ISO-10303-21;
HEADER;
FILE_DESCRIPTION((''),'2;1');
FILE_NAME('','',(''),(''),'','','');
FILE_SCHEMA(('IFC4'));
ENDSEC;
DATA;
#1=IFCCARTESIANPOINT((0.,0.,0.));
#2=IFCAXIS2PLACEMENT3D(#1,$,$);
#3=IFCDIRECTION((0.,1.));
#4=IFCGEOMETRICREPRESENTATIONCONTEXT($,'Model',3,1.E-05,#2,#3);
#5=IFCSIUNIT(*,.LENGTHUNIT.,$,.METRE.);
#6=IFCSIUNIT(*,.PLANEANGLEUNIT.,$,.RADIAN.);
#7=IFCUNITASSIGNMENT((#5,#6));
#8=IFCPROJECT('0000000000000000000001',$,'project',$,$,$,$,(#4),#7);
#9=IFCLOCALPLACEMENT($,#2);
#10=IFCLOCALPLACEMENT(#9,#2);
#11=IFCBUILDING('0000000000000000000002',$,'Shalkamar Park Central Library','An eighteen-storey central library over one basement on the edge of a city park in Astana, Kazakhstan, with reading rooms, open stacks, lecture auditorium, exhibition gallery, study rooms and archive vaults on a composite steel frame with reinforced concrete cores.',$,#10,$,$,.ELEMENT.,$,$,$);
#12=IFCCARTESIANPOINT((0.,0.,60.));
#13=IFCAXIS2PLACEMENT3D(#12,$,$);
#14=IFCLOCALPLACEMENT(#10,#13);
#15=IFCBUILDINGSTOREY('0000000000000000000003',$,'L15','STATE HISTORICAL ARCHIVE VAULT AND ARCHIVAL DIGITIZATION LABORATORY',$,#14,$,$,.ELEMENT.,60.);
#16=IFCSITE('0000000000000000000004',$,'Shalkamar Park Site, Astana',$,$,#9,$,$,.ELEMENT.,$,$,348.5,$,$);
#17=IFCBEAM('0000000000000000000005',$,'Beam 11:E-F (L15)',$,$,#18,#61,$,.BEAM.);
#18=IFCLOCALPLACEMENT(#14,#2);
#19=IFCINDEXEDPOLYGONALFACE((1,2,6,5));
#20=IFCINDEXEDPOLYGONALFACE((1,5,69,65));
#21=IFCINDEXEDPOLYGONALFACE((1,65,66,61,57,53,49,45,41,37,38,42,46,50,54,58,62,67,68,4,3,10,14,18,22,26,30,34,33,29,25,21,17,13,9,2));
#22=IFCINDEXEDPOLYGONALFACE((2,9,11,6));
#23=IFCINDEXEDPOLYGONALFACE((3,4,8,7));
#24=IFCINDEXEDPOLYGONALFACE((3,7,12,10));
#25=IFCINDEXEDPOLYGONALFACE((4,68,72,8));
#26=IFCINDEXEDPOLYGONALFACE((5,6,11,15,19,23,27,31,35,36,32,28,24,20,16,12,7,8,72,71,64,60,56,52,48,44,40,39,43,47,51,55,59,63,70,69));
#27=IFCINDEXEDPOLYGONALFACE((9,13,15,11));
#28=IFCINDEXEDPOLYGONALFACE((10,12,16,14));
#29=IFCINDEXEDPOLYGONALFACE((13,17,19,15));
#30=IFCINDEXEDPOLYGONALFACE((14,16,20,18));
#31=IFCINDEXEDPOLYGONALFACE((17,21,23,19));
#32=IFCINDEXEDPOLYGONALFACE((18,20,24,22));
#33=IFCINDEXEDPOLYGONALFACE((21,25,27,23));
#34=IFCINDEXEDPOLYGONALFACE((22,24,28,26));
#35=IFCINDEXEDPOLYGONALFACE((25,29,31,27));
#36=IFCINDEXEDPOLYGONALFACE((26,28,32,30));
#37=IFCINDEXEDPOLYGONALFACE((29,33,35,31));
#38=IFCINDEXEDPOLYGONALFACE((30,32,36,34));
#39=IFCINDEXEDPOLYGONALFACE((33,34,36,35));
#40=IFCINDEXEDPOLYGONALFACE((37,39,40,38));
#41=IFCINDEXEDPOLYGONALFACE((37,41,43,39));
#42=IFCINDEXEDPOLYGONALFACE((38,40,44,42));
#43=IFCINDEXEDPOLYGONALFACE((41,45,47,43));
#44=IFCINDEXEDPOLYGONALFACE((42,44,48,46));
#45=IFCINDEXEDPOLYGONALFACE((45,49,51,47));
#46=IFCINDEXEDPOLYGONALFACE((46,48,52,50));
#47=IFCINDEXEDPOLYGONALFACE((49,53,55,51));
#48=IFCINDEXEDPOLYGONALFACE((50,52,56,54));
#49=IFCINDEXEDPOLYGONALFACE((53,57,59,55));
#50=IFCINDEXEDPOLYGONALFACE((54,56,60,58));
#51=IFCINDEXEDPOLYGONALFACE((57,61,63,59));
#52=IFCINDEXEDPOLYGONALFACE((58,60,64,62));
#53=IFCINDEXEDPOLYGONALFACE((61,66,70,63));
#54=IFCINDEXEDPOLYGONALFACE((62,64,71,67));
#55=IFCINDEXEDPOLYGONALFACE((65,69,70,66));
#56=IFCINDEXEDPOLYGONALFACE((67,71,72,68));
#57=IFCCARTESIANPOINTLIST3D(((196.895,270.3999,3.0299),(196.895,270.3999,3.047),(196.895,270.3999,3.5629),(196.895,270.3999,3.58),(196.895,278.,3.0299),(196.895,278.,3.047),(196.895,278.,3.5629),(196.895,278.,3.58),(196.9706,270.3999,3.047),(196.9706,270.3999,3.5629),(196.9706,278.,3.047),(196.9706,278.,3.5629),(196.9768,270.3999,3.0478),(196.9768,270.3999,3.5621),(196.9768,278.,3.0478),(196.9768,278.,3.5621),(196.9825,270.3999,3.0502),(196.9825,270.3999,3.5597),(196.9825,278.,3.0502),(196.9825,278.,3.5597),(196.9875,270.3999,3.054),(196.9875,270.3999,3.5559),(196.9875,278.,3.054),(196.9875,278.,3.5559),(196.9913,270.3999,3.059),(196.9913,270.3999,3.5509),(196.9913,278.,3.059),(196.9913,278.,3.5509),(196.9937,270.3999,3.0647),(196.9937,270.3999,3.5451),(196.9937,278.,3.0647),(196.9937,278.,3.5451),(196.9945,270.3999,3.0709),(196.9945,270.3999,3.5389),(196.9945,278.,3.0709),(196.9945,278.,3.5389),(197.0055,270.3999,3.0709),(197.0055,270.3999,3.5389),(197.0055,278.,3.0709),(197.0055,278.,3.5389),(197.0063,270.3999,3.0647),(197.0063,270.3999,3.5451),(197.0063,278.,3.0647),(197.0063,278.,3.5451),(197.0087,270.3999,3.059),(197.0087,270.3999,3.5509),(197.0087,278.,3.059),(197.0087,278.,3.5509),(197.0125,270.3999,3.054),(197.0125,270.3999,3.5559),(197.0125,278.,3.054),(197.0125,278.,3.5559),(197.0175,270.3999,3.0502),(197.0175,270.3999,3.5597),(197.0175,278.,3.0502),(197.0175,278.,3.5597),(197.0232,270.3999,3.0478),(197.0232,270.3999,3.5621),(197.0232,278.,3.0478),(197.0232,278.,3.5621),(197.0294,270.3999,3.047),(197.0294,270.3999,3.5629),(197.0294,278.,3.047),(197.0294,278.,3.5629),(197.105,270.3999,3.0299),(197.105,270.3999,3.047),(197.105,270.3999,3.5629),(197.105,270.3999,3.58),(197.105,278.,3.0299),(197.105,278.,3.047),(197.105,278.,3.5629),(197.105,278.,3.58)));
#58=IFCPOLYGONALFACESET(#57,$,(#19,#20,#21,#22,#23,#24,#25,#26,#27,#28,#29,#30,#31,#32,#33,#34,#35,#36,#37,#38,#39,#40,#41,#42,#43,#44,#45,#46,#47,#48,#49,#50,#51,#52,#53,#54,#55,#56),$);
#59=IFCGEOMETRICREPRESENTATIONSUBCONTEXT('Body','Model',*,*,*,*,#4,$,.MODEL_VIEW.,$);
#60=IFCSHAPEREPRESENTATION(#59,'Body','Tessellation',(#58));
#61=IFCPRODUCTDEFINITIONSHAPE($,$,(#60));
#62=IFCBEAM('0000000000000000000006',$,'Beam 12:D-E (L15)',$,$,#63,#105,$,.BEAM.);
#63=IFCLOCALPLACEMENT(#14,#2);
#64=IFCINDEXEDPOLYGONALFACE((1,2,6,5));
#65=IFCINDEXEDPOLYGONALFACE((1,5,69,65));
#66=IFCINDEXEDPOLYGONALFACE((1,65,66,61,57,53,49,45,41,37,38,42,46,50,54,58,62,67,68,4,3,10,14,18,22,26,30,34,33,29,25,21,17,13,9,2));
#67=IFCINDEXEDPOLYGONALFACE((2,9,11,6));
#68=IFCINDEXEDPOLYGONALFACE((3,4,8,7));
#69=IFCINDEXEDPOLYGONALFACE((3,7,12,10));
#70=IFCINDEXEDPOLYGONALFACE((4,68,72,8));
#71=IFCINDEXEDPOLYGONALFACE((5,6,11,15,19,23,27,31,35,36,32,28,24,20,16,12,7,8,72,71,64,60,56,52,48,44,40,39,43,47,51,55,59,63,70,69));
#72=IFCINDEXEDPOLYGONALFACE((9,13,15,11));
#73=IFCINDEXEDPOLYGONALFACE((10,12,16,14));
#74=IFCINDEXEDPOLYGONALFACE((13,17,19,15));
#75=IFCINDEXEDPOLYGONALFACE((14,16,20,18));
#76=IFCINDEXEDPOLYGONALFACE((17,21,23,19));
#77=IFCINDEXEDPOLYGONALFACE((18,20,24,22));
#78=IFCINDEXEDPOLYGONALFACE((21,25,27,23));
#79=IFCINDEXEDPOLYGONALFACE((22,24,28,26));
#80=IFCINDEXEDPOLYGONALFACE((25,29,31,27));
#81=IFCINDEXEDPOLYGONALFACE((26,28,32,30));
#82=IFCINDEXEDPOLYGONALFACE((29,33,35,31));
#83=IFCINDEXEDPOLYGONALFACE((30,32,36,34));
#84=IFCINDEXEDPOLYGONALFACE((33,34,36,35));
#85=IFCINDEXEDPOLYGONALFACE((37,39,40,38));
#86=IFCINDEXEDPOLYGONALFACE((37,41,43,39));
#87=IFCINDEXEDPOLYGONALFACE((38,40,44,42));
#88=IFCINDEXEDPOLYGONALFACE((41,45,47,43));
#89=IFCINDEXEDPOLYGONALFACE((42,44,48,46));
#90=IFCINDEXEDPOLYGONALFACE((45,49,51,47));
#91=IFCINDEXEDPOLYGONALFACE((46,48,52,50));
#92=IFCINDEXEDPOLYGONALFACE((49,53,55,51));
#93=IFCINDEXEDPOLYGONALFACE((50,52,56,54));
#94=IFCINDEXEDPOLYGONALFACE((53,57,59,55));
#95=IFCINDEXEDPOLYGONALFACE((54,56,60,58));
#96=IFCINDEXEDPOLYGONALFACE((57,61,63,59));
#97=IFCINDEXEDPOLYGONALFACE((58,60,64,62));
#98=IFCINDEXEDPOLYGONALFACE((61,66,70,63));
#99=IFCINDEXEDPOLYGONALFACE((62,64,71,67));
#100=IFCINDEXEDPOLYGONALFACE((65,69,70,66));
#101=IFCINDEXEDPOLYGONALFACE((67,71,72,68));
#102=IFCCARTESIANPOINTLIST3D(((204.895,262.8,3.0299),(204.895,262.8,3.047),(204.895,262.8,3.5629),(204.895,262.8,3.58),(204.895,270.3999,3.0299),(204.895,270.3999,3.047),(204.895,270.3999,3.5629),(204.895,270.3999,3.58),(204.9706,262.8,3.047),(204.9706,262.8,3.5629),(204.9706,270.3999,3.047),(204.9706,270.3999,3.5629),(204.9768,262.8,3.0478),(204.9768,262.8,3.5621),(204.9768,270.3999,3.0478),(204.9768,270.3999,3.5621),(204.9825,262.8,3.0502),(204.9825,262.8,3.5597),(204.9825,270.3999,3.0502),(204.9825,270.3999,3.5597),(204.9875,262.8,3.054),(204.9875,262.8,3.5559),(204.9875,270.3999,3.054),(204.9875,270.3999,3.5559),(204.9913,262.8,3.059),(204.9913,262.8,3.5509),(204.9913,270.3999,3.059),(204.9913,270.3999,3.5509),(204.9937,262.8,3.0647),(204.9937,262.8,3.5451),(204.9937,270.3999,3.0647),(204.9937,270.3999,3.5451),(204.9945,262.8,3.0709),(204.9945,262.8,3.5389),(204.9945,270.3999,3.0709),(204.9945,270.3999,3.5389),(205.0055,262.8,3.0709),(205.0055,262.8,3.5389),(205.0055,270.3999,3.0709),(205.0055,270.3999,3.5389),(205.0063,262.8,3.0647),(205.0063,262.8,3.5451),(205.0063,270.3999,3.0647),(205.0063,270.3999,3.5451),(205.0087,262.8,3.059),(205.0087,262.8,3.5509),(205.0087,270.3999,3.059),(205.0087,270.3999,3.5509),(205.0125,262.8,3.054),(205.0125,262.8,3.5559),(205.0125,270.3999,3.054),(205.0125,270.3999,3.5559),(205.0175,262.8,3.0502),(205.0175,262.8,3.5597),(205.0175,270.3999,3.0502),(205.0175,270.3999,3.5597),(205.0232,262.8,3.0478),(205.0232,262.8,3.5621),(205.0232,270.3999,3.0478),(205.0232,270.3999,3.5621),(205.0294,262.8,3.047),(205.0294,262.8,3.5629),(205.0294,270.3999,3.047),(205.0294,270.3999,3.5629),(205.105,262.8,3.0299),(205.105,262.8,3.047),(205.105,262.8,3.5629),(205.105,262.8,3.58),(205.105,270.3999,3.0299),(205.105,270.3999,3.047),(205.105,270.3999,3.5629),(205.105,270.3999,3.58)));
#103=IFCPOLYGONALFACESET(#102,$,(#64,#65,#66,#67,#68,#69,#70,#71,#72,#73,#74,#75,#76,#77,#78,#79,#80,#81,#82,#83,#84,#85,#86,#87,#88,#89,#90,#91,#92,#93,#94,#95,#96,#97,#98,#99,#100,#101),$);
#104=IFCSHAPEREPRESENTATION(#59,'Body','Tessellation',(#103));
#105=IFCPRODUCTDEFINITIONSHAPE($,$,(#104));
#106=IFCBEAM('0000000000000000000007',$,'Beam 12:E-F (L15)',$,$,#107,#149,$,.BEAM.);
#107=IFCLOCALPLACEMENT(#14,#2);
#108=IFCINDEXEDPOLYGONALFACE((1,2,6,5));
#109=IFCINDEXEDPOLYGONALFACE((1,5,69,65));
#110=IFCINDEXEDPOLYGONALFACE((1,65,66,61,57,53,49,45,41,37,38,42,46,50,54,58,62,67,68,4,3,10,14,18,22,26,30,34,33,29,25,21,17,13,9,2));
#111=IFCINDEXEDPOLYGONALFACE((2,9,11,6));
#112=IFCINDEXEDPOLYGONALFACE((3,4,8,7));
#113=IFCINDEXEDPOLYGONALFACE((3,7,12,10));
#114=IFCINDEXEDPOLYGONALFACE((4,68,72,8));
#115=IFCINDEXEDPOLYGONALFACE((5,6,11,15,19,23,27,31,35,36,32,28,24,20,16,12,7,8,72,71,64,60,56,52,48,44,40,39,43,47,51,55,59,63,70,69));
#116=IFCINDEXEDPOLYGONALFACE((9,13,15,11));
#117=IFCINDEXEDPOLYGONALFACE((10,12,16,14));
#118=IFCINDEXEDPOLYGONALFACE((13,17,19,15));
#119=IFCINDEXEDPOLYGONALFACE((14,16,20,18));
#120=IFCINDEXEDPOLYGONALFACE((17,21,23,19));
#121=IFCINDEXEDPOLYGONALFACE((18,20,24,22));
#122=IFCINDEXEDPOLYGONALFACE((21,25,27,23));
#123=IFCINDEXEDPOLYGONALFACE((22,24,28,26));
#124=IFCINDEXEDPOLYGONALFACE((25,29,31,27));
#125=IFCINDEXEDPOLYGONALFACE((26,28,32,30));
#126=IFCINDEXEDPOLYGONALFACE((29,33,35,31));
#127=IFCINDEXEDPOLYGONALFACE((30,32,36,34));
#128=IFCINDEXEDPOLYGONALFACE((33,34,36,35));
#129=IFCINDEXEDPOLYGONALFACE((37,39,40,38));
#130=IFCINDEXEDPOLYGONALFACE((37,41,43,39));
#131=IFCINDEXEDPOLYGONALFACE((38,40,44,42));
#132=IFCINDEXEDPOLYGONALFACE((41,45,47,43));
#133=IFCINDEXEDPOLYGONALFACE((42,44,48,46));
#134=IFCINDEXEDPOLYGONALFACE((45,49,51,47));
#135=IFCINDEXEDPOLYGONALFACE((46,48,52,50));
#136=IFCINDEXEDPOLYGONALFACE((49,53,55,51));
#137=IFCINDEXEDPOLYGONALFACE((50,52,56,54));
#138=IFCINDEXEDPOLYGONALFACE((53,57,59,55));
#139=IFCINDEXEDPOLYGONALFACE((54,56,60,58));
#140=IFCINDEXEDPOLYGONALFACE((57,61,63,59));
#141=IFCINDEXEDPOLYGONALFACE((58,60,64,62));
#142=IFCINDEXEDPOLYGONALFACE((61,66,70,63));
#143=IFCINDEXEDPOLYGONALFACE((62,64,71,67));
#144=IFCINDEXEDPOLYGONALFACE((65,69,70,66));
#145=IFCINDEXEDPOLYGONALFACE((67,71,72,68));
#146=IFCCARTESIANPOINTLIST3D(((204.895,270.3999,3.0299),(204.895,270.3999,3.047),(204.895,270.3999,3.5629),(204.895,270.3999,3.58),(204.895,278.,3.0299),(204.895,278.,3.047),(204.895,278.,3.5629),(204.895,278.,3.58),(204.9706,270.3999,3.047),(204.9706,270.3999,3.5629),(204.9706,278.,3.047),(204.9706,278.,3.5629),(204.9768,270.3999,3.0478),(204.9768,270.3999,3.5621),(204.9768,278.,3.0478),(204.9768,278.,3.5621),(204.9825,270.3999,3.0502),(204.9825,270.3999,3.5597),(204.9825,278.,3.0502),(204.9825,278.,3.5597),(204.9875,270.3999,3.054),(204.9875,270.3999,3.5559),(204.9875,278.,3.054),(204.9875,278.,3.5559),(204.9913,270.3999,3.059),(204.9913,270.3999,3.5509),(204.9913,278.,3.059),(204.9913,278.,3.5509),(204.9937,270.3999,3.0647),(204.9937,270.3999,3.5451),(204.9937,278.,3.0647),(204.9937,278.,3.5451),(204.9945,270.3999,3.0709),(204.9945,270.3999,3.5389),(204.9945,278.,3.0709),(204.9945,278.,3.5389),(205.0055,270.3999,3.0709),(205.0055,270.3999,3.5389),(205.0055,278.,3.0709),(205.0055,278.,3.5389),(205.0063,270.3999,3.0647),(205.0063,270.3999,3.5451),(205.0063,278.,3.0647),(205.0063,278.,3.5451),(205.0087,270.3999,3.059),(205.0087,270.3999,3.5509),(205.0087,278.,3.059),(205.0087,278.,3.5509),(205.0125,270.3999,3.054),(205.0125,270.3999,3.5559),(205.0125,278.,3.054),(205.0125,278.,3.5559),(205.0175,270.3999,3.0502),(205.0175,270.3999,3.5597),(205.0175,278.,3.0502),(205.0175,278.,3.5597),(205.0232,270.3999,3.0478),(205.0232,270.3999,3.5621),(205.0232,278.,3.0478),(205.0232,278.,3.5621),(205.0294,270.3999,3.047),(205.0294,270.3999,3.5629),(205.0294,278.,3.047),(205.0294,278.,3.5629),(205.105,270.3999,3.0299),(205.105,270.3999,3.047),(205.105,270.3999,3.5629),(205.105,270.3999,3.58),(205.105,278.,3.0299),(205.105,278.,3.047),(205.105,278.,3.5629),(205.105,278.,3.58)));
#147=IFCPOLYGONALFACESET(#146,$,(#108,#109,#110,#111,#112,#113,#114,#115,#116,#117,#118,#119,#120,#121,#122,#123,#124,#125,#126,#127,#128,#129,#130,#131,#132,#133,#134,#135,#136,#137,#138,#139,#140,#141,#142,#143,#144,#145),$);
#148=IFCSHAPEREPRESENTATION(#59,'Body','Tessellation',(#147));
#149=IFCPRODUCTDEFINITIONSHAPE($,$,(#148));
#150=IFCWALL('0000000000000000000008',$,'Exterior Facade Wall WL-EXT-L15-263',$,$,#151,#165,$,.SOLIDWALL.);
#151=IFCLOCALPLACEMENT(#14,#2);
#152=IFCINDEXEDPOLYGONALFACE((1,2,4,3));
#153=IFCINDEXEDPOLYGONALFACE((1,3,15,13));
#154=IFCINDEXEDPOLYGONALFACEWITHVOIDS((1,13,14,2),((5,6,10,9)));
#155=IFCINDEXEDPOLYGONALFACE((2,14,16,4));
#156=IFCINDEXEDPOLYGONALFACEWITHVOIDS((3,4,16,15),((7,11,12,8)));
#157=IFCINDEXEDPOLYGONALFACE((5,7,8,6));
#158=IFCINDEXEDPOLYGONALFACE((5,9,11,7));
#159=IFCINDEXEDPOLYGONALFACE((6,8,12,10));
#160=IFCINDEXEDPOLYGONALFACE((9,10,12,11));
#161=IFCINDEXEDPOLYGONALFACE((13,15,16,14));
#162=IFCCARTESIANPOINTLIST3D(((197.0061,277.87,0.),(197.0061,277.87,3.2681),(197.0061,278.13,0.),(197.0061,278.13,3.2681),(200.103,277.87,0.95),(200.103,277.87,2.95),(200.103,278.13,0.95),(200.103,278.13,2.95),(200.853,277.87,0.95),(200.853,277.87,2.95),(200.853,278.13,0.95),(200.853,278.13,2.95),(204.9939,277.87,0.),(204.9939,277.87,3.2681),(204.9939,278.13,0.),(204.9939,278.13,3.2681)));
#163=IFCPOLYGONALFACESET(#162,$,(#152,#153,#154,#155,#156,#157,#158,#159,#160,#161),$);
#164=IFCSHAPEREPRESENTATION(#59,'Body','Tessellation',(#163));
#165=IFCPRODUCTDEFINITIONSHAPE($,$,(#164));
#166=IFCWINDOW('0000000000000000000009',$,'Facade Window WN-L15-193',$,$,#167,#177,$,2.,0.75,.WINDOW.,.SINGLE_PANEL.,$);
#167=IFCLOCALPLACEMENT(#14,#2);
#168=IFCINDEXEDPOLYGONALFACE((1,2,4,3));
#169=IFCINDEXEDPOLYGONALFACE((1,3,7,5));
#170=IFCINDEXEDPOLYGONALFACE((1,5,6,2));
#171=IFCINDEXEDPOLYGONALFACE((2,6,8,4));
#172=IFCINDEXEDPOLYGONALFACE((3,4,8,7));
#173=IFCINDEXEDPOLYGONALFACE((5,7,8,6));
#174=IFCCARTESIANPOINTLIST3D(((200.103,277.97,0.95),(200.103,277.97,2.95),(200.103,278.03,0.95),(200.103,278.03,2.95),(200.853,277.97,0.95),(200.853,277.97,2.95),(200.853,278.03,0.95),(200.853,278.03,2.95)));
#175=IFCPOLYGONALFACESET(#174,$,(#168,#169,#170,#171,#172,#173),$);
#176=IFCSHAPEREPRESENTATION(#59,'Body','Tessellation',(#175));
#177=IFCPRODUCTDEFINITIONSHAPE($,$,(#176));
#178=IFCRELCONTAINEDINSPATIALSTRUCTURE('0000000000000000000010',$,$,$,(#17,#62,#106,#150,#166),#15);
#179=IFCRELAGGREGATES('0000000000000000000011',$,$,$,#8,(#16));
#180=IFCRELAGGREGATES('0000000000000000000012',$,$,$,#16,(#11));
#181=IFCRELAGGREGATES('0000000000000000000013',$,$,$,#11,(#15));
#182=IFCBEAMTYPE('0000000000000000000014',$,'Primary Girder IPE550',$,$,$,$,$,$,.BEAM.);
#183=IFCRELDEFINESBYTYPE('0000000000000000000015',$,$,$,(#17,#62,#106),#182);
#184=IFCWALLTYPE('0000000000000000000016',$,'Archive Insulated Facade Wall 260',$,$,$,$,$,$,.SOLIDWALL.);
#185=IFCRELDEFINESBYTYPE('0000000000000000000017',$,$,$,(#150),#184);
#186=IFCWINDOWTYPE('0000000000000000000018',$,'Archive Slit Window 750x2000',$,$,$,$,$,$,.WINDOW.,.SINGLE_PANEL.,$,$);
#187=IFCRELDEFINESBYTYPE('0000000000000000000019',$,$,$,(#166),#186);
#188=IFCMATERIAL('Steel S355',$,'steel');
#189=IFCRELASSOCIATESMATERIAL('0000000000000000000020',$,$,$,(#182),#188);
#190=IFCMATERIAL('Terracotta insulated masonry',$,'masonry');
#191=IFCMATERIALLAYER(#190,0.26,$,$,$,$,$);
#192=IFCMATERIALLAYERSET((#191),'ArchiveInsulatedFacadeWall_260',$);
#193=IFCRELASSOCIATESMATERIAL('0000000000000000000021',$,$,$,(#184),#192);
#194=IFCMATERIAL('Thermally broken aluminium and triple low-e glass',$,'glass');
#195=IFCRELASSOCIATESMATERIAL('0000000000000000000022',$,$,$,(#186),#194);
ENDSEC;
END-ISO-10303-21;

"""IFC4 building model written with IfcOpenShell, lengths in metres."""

from ifc_helpers import new_model, si_unit, direction, frame, frame_2d, origin, origin_2d, place, context, subcontext, project, spatial, rectangle, i_section, extrude, material, layer, layer_set, material_profile, profile_set, type_object, element, fill, save


model = new_model("IFC4")

# Units and contexts
model_context = context("Model", 3, precision=1e-05, world=origin(), true_north=direction((0.0, 1.0)))
body_context = subcontext(model_context, "Body", "Model", "MODEL_VIEW")
ifc_project = project(units=[si_unit("LENGTHUNIT", "METRE"), si_unit("PLANEANGLEUNIT", "RADIAN")], contexts=[model_context])

# Site, building, storey
site_placement = place(None, origin())
site = spatial("IfcSite", under=ifc_project, at=site_placement, Name="Shalkamar Park Site, Astana", CompositionType="ELEMENT", RefElevation=348.5)
building_placement = place(site_placement, origin())
building = spatial("IfcBuilding", under=site, at=building_placement, Name="Shalkamar Park Central Library", Description="An eighteen-storey central library over one basement on the edge of a city park in Astana, Kazakhstan, with reading rooms, open stacks, lecture auditorium, exhibition gallery, study rooms and archive vaults on a composite steel frame with reinforced concrete cores.", CompositionType="ELEMENT")
storey_placement = place(building_placement, frame((0.0, 0.0, 60.0)))
storey = spatial("IfcBuildingStorey", under=building, at=storey_placement, Name="L15", Description="STATE HISTORICAL ARCHIVE VAULT AND ARCHIVAL DIGITIZATION LABORATORY", CompositionType="ELEMENT", Elevation=60.0)

# Shared definitions
ifc_material_1 = material(Name="Steel S355", Category="steel")

# Beams
ifc_material_profile_1 = material_profile(ifc_material_1, i_section(OverallWidth=0.21, OverallDepth=0.55, WebThickness=0.011, FlangeThickness=0.0171, FilletRadius=0.0239, at=origin_2d()), Name="IPE 550")
ifc_profile_set_1 = profile_set([ifc_material_profile_1], Name="Steel S355")
beam_type_1 = type_object("IfcBeamType", Name="Primary Girder IPE550", PredefinedType="BEAM", material=ifc_profile_set_1)
beam_1_placement = place(storey_placement, frame((197.0, 270.3999, 3.3049), z_axis=(0.0, 1.0, 0.0), x_axis=(-1.0, 0.0, 0.0)))
element("IfcBeam", 1, at=beam_1_placement, inside=storey, type_object=beam_type_1, Name="Beam 11:E-F (L15)", PredefinedType="BEAM", context=body_context, shape_type="SweptSolid", body=[
    extrude(i_section(OverallWidth=0.21, OverallDepth=0.55, WebThickness=0.011, FlangeThickness=0.0171, FilletRadius=0.0239, at=origin_2d()), origin(), (0.0, 0.0, 1.0), 7.6001),
])
beam_2_placement = place(storey_placement, frame((205.0, 262.8, 3.3049), z_axis=(0.0, 1.0, 0.0), x_axis=(-1.0, 0.0, 0.0)))
element("IfcBeam", 2, at=beam_2_placement, inside=storey, type_object=beam_type_1, Name="Beam 12:D-E (L15)", PredefinedType="BEAM", context=body_context, shape_type="SweptSolid", body=[
    extrude(i_section(OverallWidth=0.21, OverallDepth=0.55, WebThickness=0.011, FlangeThickness=0.0171, FilletRadius=0.0239, at=origin_2d()), origin(), (0.0, 0.0, 1.0), 7.5999),
])
beam_3_placement = place(storey_placement, frame((205.0, 270.3999, 3.3049), z_axis=(0.0, 1.0, 0.0), x_axis=(-1.0, 0.0, 0.0)))
element("IfcBeam", 3, at=beam_3_placement, inside=storey, type_object=beam_type_1, Name="Beam 12:E-F (L15)", PredefinedType="BEAM", context=body_context, shape_type="SweptSolid", body=[
    extrude(i_section(OverallWidth=0.21, OverallDepth=0.55, WebThickness=0.011, FlangeThickness=0.0171, FilletRadius=0.0239, at=origin_2d()), origin(), (0.0, 0.0, 1.0), 7.6001),
])

# Wall, opening, window
ifc_material_2 = material(Name="Terracotta insulated masonry", Category="masonry")
ifc_layer_1 = layer(ifc_material_2, 0.26)
ifc_layer_set_1 = layer_set([ifc_layer_1], Name="ArchiveInsulatedFacadeWall_260")
wall_type_1 = type_object("IfcWallType", Name="Archive Insulated Facade Wall 260", PredefinedType="SOLIDWALL", material=ifc_layer_set_1)
wall_1_placement = place(storey_placement, frame((197.0061, 278.0, 0.0), z_axis=(0.0, 0.0, 1.0), x_axis=(1.0, 0.0, 0.0)))
wall_1 = element("IfcWall", 4, at=wall_1_placement, inside=storey, type_object=wall_type_1, Name="Exterior Facade Wall WL-EXT-L15-263", PredefinedType="SOLIDWALL", context=body_context, shape_type="SweptSolid", body=[
    extrude(rectangle(XDim=7.9878, YDim=0.26, at=frame_2d((3.9939, 0.0))), origin(), (0.0, 0.0, 1.0), 3.2681),
])
opening_1_placement = place(wall_1_placement, frame((3.0969, 0.0, 0.95)))
opening_1 = element("IfcOpeningElement", 5, at=opening_1_placement, cuts=wall_1, PredefinedType="OPENING", context=body_context, shape_type="SweptSolid", body=[
    extrude(rectangle(XDim=0.75, YDim=2.0, at=frame_2d((0.375, 1.0))), frame((0.0, 0.145, 0.0), z_axis=(0.0, -1.0, 0.0), x_axis=(1.0, 0.0, 0.0)), (0.0, 0.0, 1.0), 0.2898),
])
ifc_material_3 = material(Name="Thermally broken aluminium and triple low-e glass", Category="glass")
window_type_1 = type_object("IfcWindowType", Name="Archive Slit Window 750x2000", PartitioningType="SINGLE_PANEL", PredefinedType="WINDOW", material=ifc_material_3)
window_1_placement = place(opening_1_placement, origin())
window_1 = element("IfcWindow", 6, at=window_1_placement, inside=storey, type_object=window_type_1, Name="Facade Window WN-L15-193", OverallHeight=2.0, OverallWidth=0.75, PartitioningType="SINGLE_PANEL", PredefinedType="WINDOW", context=body_context, shape_type="SweptSolid", body=[
    extrude(rectangle(XDim=0.75, YDim=2.0, at=frame_2d((0.375, 1.0))), frame((0.0, 0.03, 0.0), z_axis=(0.0, -1.0, 0.0), x_axis=(1.0, 0.0, 0.0)), (0.0, 0.0, 1.0), 0.0601),
])
fill(opening_1, window_1)

save(model, "model.ifc")
